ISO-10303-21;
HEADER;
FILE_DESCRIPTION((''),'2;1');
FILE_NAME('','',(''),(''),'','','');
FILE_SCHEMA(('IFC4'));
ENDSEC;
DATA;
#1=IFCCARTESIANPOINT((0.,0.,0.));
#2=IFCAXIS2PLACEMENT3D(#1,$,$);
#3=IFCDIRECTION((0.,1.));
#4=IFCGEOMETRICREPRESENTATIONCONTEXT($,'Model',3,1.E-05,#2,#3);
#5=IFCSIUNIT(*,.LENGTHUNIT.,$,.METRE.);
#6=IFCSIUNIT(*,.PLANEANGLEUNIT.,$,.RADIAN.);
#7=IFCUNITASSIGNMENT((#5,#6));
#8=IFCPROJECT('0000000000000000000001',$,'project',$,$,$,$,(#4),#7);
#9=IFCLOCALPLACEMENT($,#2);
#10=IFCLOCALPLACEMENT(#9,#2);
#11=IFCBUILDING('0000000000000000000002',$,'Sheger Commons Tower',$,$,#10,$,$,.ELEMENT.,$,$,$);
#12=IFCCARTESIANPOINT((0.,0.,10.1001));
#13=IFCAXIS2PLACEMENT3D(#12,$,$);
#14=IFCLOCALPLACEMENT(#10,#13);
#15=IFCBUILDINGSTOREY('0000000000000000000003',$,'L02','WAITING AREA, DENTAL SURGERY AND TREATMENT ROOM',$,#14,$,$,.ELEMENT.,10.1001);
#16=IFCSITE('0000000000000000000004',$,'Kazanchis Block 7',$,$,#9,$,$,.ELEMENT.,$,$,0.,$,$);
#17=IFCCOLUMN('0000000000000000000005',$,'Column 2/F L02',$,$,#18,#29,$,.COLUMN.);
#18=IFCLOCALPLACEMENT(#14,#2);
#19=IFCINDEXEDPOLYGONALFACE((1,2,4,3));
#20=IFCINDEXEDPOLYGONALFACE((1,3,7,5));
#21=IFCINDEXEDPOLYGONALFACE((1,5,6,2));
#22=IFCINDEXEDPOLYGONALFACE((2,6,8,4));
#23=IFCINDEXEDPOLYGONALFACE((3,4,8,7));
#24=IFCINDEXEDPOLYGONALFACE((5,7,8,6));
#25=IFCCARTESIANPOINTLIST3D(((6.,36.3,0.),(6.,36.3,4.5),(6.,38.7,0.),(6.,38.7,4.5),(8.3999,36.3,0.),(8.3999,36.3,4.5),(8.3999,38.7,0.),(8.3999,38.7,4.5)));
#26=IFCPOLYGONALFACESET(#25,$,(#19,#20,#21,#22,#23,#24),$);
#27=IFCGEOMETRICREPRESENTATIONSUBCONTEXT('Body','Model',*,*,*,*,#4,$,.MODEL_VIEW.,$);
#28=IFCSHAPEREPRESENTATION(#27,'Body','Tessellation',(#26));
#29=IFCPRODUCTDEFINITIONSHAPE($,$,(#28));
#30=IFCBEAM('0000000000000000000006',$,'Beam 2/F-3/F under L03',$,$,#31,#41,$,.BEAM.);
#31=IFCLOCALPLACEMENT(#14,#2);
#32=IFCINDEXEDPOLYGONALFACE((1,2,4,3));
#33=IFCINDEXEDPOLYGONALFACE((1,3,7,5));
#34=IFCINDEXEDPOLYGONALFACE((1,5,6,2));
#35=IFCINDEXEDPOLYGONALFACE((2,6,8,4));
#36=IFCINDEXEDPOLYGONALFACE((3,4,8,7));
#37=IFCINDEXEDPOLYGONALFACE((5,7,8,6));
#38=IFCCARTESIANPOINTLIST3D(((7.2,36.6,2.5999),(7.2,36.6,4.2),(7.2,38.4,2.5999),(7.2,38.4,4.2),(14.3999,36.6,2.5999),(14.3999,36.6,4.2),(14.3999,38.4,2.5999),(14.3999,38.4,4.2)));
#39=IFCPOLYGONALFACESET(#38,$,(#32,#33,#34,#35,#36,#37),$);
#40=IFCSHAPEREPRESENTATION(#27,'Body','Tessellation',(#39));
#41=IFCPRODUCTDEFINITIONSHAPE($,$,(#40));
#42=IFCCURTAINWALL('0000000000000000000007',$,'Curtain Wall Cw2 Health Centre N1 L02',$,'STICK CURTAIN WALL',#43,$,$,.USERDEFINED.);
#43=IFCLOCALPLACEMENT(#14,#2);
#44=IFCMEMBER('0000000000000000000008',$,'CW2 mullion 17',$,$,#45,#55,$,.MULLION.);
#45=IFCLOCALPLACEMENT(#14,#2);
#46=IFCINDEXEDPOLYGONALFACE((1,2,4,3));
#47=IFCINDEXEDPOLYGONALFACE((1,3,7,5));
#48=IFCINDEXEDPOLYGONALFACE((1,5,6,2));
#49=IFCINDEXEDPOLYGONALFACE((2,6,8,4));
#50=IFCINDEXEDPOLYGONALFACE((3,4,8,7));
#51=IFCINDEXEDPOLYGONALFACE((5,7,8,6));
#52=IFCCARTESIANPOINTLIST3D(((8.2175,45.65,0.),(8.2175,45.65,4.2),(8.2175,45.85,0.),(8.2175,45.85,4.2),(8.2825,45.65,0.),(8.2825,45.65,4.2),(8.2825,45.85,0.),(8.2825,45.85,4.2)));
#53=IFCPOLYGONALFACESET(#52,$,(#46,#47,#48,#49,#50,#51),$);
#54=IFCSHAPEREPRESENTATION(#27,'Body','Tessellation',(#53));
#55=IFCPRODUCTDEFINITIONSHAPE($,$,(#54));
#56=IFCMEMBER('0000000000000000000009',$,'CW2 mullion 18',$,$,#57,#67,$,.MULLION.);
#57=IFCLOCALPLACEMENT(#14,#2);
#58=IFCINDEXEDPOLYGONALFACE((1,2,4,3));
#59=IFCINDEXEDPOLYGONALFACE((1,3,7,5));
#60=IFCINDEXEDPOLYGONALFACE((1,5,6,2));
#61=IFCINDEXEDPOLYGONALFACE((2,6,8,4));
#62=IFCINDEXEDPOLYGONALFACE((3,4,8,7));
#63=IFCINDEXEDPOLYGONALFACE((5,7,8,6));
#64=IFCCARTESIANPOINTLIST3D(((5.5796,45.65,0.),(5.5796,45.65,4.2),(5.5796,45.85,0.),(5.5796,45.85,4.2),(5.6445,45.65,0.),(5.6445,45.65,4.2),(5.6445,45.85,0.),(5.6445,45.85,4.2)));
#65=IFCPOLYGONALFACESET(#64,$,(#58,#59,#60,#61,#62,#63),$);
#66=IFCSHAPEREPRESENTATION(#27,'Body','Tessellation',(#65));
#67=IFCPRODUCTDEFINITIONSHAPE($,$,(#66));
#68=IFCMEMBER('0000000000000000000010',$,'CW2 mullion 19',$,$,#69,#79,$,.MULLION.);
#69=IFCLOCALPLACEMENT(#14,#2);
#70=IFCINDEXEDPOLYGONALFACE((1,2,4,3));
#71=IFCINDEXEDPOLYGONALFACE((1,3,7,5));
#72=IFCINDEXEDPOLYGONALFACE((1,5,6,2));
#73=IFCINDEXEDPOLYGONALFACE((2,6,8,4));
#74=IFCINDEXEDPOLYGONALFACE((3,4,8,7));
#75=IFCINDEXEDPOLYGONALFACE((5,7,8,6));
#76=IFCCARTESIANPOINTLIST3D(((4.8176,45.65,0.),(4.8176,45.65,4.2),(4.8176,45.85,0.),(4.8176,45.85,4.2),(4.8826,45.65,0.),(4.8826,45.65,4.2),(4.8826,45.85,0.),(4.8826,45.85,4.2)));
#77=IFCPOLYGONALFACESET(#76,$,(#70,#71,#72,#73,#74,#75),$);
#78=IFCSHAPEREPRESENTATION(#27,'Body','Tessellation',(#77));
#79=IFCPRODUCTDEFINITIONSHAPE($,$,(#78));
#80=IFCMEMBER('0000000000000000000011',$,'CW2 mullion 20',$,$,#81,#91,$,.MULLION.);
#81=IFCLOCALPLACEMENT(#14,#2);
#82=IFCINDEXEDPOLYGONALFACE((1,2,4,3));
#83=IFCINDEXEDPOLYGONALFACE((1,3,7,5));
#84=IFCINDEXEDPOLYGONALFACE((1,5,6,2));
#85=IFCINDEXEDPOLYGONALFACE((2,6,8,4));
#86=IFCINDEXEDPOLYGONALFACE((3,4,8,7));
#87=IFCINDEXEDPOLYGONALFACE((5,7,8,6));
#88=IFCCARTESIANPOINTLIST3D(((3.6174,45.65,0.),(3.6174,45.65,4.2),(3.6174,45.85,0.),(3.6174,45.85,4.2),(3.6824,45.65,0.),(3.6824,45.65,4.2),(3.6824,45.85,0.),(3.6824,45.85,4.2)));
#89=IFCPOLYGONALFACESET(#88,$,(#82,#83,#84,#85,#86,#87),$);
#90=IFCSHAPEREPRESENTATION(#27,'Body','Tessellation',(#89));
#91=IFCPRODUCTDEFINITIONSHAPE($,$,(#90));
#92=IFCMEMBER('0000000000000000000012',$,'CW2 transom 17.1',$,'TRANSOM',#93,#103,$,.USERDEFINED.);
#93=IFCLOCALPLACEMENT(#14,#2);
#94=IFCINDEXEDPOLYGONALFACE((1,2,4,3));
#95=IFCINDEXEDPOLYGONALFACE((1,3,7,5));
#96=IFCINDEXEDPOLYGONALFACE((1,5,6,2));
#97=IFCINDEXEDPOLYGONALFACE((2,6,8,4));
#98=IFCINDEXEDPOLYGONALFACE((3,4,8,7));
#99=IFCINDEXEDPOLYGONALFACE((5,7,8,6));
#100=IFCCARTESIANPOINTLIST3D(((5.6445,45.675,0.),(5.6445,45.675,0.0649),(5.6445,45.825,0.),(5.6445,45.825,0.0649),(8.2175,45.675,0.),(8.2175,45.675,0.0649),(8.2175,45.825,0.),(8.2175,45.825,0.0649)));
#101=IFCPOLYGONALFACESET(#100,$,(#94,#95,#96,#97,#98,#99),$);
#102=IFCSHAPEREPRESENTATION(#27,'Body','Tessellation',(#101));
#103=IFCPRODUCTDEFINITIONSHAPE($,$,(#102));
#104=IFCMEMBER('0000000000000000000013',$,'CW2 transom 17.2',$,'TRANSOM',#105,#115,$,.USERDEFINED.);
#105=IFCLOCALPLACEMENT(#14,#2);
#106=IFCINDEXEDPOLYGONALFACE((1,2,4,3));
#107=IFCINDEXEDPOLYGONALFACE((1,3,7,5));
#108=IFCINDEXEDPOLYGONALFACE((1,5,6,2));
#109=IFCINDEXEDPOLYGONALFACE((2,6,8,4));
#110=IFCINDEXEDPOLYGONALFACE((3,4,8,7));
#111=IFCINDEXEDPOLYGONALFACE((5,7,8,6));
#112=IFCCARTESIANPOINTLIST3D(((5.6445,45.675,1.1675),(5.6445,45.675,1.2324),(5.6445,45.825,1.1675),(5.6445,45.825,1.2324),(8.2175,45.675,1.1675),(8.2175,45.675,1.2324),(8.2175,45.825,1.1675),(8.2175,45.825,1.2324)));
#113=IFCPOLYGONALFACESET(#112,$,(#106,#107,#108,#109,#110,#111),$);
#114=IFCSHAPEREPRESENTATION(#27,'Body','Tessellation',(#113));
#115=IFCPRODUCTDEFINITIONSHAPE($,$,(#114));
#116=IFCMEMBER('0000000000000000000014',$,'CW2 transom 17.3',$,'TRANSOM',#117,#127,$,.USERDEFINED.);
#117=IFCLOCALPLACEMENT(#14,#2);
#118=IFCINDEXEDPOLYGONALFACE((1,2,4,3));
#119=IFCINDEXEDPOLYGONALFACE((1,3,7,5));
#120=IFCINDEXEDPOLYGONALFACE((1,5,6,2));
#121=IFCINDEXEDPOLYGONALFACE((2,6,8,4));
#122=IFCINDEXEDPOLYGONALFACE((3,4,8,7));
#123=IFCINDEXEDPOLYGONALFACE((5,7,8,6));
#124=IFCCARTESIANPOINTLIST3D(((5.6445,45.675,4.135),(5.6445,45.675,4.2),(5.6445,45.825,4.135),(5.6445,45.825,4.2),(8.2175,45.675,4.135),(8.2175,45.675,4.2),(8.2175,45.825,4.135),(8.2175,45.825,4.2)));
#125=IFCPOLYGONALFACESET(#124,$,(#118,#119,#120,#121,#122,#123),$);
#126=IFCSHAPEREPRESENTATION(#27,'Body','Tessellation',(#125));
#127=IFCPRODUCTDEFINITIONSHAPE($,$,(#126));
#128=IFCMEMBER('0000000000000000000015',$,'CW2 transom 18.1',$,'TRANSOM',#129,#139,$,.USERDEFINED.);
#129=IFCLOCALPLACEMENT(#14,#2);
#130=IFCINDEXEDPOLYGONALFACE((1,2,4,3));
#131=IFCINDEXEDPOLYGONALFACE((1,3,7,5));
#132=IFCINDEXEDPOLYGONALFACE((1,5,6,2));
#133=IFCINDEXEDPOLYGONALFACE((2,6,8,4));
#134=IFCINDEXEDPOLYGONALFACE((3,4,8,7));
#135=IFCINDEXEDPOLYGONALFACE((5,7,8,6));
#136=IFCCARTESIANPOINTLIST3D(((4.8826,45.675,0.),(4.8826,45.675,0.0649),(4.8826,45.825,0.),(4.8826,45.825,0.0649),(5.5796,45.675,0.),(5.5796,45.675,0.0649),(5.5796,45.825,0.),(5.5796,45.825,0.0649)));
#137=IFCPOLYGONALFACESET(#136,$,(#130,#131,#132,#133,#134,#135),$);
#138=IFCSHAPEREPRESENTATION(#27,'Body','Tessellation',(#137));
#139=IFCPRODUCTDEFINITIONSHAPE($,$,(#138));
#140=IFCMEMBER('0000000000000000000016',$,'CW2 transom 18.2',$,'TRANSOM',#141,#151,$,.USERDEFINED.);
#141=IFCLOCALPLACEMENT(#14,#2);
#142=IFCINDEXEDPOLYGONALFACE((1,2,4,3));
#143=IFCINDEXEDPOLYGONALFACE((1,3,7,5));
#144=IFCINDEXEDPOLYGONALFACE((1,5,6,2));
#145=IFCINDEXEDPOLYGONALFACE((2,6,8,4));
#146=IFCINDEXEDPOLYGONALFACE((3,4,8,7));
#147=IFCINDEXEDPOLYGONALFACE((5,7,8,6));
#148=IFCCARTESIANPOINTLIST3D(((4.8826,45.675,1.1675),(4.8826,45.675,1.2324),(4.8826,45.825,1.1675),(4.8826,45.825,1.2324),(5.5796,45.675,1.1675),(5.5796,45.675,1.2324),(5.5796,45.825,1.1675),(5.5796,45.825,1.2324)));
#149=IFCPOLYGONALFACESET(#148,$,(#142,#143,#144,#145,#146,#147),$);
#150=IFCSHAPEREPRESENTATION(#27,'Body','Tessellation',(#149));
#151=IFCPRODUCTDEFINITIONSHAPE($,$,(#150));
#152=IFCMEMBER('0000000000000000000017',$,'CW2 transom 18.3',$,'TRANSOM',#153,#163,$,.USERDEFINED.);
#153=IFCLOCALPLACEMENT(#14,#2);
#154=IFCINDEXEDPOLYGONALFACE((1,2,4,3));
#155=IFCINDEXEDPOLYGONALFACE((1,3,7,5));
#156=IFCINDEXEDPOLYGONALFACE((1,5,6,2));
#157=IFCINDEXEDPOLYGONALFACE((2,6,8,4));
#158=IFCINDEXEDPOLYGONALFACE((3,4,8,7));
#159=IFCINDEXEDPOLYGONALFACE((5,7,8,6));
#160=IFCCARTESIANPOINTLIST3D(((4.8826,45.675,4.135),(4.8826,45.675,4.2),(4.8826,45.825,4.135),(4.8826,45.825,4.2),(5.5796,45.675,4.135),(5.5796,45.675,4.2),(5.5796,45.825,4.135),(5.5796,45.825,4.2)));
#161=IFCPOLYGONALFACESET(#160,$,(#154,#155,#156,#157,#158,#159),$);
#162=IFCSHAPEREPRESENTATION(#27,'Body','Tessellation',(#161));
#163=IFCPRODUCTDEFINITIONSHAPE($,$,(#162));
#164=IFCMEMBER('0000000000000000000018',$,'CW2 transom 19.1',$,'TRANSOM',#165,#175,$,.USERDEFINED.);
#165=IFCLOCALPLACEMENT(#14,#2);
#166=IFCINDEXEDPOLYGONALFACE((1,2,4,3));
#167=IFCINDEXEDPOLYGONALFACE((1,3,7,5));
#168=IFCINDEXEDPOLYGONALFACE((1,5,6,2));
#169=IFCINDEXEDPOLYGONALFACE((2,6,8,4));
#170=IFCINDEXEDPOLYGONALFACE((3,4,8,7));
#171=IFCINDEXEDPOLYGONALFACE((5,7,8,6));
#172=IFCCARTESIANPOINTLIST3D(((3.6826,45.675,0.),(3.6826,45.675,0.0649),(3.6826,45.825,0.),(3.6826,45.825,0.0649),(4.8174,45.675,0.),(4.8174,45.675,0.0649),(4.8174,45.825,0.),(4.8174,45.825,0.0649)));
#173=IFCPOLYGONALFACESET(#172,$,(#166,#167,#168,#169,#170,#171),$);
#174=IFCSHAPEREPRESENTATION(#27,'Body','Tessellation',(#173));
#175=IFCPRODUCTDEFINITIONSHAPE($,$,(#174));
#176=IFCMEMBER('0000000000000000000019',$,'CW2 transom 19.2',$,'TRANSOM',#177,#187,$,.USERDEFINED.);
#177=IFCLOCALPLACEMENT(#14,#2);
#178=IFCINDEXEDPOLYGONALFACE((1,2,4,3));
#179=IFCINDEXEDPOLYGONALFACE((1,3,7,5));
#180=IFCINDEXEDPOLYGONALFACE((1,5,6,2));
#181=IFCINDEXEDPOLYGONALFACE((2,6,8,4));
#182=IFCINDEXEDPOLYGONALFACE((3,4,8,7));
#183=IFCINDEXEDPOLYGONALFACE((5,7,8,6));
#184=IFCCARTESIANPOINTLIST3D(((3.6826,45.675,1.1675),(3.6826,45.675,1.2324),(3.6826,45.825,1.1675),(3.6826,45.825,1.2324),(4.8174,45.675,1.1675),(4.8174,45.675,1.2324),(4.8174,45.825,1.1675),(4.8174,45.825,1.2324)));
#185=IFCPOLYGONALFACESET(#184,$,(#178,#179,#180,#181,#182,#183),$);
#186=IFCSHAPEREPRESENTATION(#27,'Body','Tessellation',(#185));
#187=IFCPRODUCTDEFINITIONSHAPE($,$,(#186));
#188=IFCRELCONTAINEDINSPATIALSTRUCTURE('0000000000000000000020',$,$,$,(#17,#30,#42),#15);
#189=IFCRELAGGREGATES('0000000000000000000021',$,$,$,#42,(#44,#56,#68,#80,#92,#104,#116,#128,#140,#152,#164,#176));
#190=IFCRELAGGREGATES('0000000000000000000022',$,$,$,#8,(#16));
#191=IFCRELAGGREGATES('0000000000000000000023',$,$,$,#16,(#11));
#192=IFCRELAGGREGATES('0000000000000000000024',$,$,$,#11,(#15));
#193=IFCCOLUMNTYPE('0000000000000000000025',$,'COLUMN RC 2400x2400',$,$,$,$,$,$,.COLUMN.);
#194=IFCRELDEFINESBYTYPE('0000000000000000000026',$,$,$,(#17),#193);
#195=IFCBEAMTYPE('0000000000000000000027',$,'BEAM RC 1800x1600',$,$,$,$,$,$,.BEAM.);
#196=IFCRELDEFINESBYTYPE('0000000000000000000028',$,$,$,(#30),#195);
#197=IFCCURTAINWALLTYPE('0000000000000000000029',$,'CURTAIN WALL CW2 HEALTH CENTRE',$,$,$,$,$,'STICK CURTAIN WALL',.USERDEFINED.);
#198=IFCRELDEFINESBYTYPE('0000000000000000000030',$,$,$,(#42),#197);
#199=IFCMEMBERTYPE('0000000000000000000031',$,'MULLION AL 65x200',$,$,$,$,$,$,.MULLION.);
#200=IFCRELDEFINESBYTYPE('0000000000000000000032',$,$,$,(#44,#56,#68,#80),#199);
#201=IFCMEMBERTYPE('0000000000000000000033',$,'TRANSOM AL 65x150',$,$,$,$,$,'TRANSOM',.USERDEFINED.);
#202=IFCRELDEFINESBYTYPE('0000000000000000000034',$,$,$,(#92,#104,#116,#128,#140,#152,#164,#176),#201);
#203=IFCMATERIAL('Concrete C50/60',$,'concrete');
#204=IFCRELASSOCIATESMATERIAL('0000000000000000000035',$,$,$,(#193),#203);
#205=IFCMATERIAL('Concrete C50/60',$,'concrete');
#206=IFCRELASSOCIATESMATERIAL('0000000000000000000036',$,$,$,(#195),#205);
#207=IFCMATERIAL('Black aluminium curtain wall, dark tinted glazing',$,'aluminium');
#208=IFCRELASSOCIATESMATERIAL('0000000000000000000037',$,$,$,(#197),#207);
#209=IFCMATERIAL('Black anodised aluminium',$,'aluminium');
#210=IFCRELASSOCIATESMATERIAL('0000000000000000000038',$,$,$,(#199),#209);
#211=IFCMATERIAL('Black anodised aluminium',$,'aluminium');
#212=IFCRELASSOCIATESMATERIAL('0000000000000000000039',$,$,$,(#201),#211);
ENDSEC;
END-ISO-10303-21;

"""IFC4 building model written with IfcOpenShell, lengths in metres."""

from ifc_helpers import new_model, si_unit, direction, frame, origin, origin_2d, place, context, subcontext, project, spatial, rectangle, extrude, material, material_profile, profile_set, type_object, element, aggregate, save


model = new_model("IFC4")

# Units and contexts
model_context = context("Model", 3, precision=1e-05, world=origin(), true_north=direction((0.0, 1.0)))
body_context = subcontext(model_context, "Body", "Model", "MODEL_VIEW")
ifc_project = project(units=[si_unit("LENGTHUNIT", "METRE"), si_unit("PLANEANGLEUNIT", "RADIAN")], contexts=[model_context])

# Site, building, storey
site_placement = place(None, origin())
site = spatial("IfcSite", under=ifc_project, at=site_placement, Name="Kazanchis Block 7", CompositionType="ELEMENT", RefElevation=0.0)
building_placement = place(site_placement, origin())
building = spatial("IfcBuilding", under=site, at=building_placement, Name="Sheger Commons Tower", CompositionType="ELEMENT")
storey_placement = place(building_placement, frame((0.0, 0.0, 10.1001)))
storey = spatial("IfcBuildingStorey", under=building, at=storey_placement, Name="L02", Description="WAITING AREA, DENTAL SURGERY AND TREATMENT ROOM", CompositionType="ELEMENT", Elevation=10.1001)

# Column
ifc_material_1 = material(Name="Concrete C50/60", Category="concrete")
ifc_material_profile_1 = material_profile(ifc_material_1, rectangle(XDim=2.3999, YDim=2.3999, at=origin_2d()), Name="RC 2400x2400")
ifc_profile_set_1 = profile_set([ifc_material_profile_1], Name="Concrete C50/60")
column_type = type_object("IfcColumnType", Name="COLUMN RC 2400x2400", PredefinedType="COLUMN", material=ifc_profile_set_1)
column_placement = place(storey_placement, frame((7.2, 37.5, 0.0), z_axis=(0.0, 0.0, 1.0), x_axis=(1.0, 0.0, 0.0)))
element("IfcColumn", 1, at=column_placement, inside=storey, type_object=column_type, Name="Column 2/F L02", PredefinedType="COLUMN", context=body_context, shape_type="SweptSolid", body=[
    extrude(rectangle(XDim=2.3999, YDim=2.3999, at=origin_2d()), origin(), (0.0, 0.0, 1.0), 4.5),
])

# Beam
ifc_material_2 = material(Name="Concrete C50/60", Category="concrete")
ifc_material_profile_2 = material_profile(ifc_material_2, rectangle(XDim=1.8, YDim=1.6001, at=origin_2d()), Name="RC 1800x1600")
ifc_profile_set_2 = profile_set([ifc_material_profile_2], Name="Concrete C50/60")
beam_type = type_object("IfcBeamType", Name="BEAM RC 1800x1600", PredefinedType="BEAM", material=ifc_profile_set_2)
beam_placement = place(storey_placement, frame((7.2, 37.5, 3.3999), z_axis=(1.0, 0.0, 0.0), x_axis=(0.0, 1.0, 0.0)))
element("IfcBeam", 2, at=beam_placement, inside=storey, type_object=beam_type, Name="Beam 2/F-3/F under L03", PredefinedType="BEAM", context=body_context, shape_type="SweptSolid", body=[
    extrude(rectangle(XDim=1.8, YDim=1.6001, at=origin_2d()), origin(), (0.0, 0.0, 1.0), 7.2),
])

# Curtain wall, members
ifc_material_3 = material(Name="Black aluminium curtain wall, dark tinted glazing", Category="aluminium")
curtain_wall_type = type_object("IfcCurtainWallType", Name="CURTAIN WALL CW2 HEALTH CENTRE", ElementType="STICK CURTAIN WALL", PredefinedType="USERDEFINED", material=ifc_material_3)
curtain_wall_placement = place(storey_placement, origin())
curtain_wall = element("IfcCurtainWall", 3, at=curtain_wall_placement, inside=storey, type_object=curtain_wall_type, Name="Curtain Wall Cw2 Health Centre N1 L02", ObjectType="STICK CURTAIN WALL", PredefinedType="USERDEFINED")
ifc_material_4 = material(Name="Black anodised aluminium", Category="aluminium")
ifc_material_profile_3 = material_profile(ifc_material_4, rectangle(XDim=0.2, YDim=0.0649, at=origin_2d()), Name="AL 65x200")
ifc_profile_set_3 = profile_set([ifc_material_profile_3], Name="Black anodised aluminium")
member_type_1 = type_object("IfcMemberType", Name="MULLION AL 65x200", PredefinedType="MULLION", material=ifc_profile_set_3)
member_1_placement = place(storey_placement, frame((8.25, 45.75, 0.0), z_axis=(0.0, 0.0, 1.0), x_axis=(0.0, -1.0, 0.0)))
member_1 = element("IfcMember", 4, at=member_1_placement, type_object=member_type_1, Name="CW2 mullion 17", PredefinedType="MULLION", context=body_context, shape_type="SweptSolid", body=[
    extrude(rectangle(XDim=0.2, YDim=0.0649, at=origin_2d()), origin(), (0.0, 0.0, 1.0), 4.2),
])
member_2_placement = place(storey_placement, frame((5.6121, 45.75, 0.0), z_axis=(0.0, 0.0, 1.0), x_axis=(0.0, -1.0, 0.0)))
member_2 = element("IfcMember", 5, at=member_2_placement, type_object=member_type_1, Name="CW2 mullion 18", PredefinedType="MULLION", context=body_context, shape_type="SweptSolid", body=[
    extrude(rectangle(XDim=0.2, YDim=0.0649, at=origin_2d()), origin(), (0.0, 0.0, 1.0), 4.2),
])
member_3_placement = place(storey_placement, frame((4.8501, 45.75, 0.0), z_axis=(0.0, 0.0, 1.0), x_axis=(0.0, -1.0, 0.0)))
member_3 = element("IfcMember", 6, at=member_3_placement, type_object=member_type_1, Name="CW2 mullion 19", PredefinedType="MULLION", context=body_context, shape_type="SweptSolid", body=[
    extrude(rectangle(XDim=0.2, YDim=0.0649, at=origin_2d()), origin(), (0.0, 0.0, 1.0), 4.2),
])
member_4_placement = place(storey_placement, frame((3.6499, 45.75, 0.0), z_axis=(0.0, 0.0, 1.0), x_axis=(0.0, -1.0, 0.0)))
member_4 = element("IfcMember", 7, at=member_4_placement, type_object=member_type_1, Name="CW2 mullion 20", PredefinedType="MULLION", context=body_context, shape_type="SweptSolid", body=[
    extrude(rectangle(XDim=0.2, YDim=0.0649, at=origin_2d()), origin(), (0.0, 0.0, 1.0), 4.2),
])
ifc_material_5 = material(Name="Black anodised aluminium", Category="aluminium")
ifc_material_profile_4 = material_profile(ifc_material_5, rectangle(XDim=0.1499, YDim=0.0649, at=origin_2d()), Name="AL 65x150")
ifc_profile_set_4 = profile_set([ifc_material_profile_4], Name="Black anodised aluminium")
member_type_2 = type_object("IfcMemberType", Name="TRANSOM AL 65x150", ElementType="TRANSOM", PredefinedType="USERDEFINED", material=ifc_profile_set_4)
member_5_placement = place(storey_placement, frame((8.2175, 45.75, 0.0325), z_axis=(-1.0, 0.0, 0.0), x_axis=(0.0, -1.0, 0.0)))
member_5 = element("IfcMember", 8, at=member_5_placement, type_object=member_type_2, Name="CW2 transom 17.1", ObjectType="TRANSOM", PredefinedType="USERDEFINED", context=body_context, shape_type="SweptSolid", body=[
    extrude(rectangle(XDim=0.1499, YDim=0.0649, at=origin_2d()), origin(), (0.0, 0.0, 1.0), 2.573),
])
member_6_placement = place(storey_placement, frame((8.2175, 45.75, 1.2), z_axis=(-1.0, 0.0, 0.0), x_axis=(0.0, -1.0, 0.0)))
member_6 = element("IfcMember", 9, at=member_6_placement, type_object=member_type_2, Name="CW2 transom 17.2", ObjectType="TRANSOM", PredefinedType="USERDEFINED", context=body_context, shape_type="SweptSolid", body=[
    extrude(rectangle(XDim=0.1499, YDim=0.0649, at=origin_2d()), origin(), (0.0, 0.0, 1.0), 2.573),
])
member_7_placement = place(storey_placement, frame((8.2175, 45.75, 4.1675), z_axis=(-1.0, 0.0, 0.0), x_axis=(0.0, -1.0, 0.0)))
member_7 = element("IfcMember", 10, at=member_7_placement, type_object=member_type_2, Name="CW2 transom 17.3", ObjectType="TRANSOM", PredefinedType="USERDEFINED", context=body_context, shape_type="SweptSolid", body=[
    extrude(rectangle(XDim=0.1499, YDim=0.0649, at=origin_2d()), origin(), (0.0, 0.0, 1.0), 2.573),
])
member_8_placement = place(storey_placement, frame((5.5796, 45.75, 0.0325), z_axis=(-1.0, 0.0, 0.0), x_axis=(0.0, -1.0, 0.0)))
member_8 = element("IfcMember", 11, at=member_8_placement, type_object=member_type_2, Name="CW2 transom 18.1", ObjectType="TRANSOM", PredefinedType="USERDEFINED", context=body_context, shape_type="SweptSolid", body=[
    extrude(rectangle(XDim=0.1499, YDim=0.0649, at=origin_2d()), origin(), (0.0, 0.0, 1.0), 0.697),
])
member_9_placement = place(storey_placement, frame((5.5796, 45.75, 1.2), z_axis=(-1.0, 0.0, 0.0), x_axis=(0.0, -1.0, 0.0)))
member_9 = element("IfcMember", 12, at=member_9_placement, type_object=member_type_2, Name="CW2 transom 18.2", ObjectType="TRANSOM", PredefinedType="USERDEFINED", context=body_context, shape_type="SweptSolid", body=[
    extrude(rectangle(XDim=0.1499, YDim=0.0649, at=origin_2d()), origin(), (0.0, 0.0, 1.0), 0.697),
])
member_10_placement = place(storey_placement, frame((5.5796, 45.75, 4.1675), z_axis=(-1.0, 0.0, 0.0), x_axis=(0.0, -1.0, 0.0)))
member_10 = element("IfcMember", 13, at=member_10_placement, type_object=member_type_2, Name="CW2 transom 18.3", ObjectType="TRANSOM", PredefinedType="USERDEFINED", context=body_context, shape_type="SweptSolid", body=[
    extrude(rectangle(XDim=0.1499, YDim=0.0649, at=origin_2d()), origin(), (0.0, 0.0, 1.0), 0.697),
])
member_11_placement = place(storey_placement, frame((4.8174, 45.75, 0.0325), z_axis=(-1.0, 0.0, 0.0), x_axis=(0.0, -1.0, 0.0)))
member_11 = element("IfcMember", 14, at=member_11_placement, type_object=member_type_2, Name="CW2 transom 19.1", ObjectType="TRANSOM", PredefinedType="USERDEFINED", context=body_context, shape_type="SweptSolid", body=[
    extrude(rectangle(XDim=0.1499, YDim=0.0649, at=origin_2d()), origin(), (0.0, 0.0, 1.0), 1.1348),
])
member_12_placement = place(storey_placement, frame((4.8174, 45.75, 1.2), z_axis=(-1.0, 0.0, 0.0), x_axis=(0.0, -1.0, 0.0)))
member_12 = element("IfcMember", 15, at=member_12_placement, type_object=member_type_2, Name="CW2 transom 19.2", ObjectType="TRANSOM", PredefinedType="USERDEFINED", context=body_context, shape_type="SweptSolid", body=[
    extrude(rectangle(XDim=0.1499, YDim=0.0649, at=origin_2d()), origin(), (0.0, 0.0, 1.0), 1.1348),
])
aggregate(curtain_wall, [member_1, member_2, member_3, member_4, member_5, member_6, member_7, member_8, member_9, member_10, member_11, member_12])

save(model, "model.ifc")
